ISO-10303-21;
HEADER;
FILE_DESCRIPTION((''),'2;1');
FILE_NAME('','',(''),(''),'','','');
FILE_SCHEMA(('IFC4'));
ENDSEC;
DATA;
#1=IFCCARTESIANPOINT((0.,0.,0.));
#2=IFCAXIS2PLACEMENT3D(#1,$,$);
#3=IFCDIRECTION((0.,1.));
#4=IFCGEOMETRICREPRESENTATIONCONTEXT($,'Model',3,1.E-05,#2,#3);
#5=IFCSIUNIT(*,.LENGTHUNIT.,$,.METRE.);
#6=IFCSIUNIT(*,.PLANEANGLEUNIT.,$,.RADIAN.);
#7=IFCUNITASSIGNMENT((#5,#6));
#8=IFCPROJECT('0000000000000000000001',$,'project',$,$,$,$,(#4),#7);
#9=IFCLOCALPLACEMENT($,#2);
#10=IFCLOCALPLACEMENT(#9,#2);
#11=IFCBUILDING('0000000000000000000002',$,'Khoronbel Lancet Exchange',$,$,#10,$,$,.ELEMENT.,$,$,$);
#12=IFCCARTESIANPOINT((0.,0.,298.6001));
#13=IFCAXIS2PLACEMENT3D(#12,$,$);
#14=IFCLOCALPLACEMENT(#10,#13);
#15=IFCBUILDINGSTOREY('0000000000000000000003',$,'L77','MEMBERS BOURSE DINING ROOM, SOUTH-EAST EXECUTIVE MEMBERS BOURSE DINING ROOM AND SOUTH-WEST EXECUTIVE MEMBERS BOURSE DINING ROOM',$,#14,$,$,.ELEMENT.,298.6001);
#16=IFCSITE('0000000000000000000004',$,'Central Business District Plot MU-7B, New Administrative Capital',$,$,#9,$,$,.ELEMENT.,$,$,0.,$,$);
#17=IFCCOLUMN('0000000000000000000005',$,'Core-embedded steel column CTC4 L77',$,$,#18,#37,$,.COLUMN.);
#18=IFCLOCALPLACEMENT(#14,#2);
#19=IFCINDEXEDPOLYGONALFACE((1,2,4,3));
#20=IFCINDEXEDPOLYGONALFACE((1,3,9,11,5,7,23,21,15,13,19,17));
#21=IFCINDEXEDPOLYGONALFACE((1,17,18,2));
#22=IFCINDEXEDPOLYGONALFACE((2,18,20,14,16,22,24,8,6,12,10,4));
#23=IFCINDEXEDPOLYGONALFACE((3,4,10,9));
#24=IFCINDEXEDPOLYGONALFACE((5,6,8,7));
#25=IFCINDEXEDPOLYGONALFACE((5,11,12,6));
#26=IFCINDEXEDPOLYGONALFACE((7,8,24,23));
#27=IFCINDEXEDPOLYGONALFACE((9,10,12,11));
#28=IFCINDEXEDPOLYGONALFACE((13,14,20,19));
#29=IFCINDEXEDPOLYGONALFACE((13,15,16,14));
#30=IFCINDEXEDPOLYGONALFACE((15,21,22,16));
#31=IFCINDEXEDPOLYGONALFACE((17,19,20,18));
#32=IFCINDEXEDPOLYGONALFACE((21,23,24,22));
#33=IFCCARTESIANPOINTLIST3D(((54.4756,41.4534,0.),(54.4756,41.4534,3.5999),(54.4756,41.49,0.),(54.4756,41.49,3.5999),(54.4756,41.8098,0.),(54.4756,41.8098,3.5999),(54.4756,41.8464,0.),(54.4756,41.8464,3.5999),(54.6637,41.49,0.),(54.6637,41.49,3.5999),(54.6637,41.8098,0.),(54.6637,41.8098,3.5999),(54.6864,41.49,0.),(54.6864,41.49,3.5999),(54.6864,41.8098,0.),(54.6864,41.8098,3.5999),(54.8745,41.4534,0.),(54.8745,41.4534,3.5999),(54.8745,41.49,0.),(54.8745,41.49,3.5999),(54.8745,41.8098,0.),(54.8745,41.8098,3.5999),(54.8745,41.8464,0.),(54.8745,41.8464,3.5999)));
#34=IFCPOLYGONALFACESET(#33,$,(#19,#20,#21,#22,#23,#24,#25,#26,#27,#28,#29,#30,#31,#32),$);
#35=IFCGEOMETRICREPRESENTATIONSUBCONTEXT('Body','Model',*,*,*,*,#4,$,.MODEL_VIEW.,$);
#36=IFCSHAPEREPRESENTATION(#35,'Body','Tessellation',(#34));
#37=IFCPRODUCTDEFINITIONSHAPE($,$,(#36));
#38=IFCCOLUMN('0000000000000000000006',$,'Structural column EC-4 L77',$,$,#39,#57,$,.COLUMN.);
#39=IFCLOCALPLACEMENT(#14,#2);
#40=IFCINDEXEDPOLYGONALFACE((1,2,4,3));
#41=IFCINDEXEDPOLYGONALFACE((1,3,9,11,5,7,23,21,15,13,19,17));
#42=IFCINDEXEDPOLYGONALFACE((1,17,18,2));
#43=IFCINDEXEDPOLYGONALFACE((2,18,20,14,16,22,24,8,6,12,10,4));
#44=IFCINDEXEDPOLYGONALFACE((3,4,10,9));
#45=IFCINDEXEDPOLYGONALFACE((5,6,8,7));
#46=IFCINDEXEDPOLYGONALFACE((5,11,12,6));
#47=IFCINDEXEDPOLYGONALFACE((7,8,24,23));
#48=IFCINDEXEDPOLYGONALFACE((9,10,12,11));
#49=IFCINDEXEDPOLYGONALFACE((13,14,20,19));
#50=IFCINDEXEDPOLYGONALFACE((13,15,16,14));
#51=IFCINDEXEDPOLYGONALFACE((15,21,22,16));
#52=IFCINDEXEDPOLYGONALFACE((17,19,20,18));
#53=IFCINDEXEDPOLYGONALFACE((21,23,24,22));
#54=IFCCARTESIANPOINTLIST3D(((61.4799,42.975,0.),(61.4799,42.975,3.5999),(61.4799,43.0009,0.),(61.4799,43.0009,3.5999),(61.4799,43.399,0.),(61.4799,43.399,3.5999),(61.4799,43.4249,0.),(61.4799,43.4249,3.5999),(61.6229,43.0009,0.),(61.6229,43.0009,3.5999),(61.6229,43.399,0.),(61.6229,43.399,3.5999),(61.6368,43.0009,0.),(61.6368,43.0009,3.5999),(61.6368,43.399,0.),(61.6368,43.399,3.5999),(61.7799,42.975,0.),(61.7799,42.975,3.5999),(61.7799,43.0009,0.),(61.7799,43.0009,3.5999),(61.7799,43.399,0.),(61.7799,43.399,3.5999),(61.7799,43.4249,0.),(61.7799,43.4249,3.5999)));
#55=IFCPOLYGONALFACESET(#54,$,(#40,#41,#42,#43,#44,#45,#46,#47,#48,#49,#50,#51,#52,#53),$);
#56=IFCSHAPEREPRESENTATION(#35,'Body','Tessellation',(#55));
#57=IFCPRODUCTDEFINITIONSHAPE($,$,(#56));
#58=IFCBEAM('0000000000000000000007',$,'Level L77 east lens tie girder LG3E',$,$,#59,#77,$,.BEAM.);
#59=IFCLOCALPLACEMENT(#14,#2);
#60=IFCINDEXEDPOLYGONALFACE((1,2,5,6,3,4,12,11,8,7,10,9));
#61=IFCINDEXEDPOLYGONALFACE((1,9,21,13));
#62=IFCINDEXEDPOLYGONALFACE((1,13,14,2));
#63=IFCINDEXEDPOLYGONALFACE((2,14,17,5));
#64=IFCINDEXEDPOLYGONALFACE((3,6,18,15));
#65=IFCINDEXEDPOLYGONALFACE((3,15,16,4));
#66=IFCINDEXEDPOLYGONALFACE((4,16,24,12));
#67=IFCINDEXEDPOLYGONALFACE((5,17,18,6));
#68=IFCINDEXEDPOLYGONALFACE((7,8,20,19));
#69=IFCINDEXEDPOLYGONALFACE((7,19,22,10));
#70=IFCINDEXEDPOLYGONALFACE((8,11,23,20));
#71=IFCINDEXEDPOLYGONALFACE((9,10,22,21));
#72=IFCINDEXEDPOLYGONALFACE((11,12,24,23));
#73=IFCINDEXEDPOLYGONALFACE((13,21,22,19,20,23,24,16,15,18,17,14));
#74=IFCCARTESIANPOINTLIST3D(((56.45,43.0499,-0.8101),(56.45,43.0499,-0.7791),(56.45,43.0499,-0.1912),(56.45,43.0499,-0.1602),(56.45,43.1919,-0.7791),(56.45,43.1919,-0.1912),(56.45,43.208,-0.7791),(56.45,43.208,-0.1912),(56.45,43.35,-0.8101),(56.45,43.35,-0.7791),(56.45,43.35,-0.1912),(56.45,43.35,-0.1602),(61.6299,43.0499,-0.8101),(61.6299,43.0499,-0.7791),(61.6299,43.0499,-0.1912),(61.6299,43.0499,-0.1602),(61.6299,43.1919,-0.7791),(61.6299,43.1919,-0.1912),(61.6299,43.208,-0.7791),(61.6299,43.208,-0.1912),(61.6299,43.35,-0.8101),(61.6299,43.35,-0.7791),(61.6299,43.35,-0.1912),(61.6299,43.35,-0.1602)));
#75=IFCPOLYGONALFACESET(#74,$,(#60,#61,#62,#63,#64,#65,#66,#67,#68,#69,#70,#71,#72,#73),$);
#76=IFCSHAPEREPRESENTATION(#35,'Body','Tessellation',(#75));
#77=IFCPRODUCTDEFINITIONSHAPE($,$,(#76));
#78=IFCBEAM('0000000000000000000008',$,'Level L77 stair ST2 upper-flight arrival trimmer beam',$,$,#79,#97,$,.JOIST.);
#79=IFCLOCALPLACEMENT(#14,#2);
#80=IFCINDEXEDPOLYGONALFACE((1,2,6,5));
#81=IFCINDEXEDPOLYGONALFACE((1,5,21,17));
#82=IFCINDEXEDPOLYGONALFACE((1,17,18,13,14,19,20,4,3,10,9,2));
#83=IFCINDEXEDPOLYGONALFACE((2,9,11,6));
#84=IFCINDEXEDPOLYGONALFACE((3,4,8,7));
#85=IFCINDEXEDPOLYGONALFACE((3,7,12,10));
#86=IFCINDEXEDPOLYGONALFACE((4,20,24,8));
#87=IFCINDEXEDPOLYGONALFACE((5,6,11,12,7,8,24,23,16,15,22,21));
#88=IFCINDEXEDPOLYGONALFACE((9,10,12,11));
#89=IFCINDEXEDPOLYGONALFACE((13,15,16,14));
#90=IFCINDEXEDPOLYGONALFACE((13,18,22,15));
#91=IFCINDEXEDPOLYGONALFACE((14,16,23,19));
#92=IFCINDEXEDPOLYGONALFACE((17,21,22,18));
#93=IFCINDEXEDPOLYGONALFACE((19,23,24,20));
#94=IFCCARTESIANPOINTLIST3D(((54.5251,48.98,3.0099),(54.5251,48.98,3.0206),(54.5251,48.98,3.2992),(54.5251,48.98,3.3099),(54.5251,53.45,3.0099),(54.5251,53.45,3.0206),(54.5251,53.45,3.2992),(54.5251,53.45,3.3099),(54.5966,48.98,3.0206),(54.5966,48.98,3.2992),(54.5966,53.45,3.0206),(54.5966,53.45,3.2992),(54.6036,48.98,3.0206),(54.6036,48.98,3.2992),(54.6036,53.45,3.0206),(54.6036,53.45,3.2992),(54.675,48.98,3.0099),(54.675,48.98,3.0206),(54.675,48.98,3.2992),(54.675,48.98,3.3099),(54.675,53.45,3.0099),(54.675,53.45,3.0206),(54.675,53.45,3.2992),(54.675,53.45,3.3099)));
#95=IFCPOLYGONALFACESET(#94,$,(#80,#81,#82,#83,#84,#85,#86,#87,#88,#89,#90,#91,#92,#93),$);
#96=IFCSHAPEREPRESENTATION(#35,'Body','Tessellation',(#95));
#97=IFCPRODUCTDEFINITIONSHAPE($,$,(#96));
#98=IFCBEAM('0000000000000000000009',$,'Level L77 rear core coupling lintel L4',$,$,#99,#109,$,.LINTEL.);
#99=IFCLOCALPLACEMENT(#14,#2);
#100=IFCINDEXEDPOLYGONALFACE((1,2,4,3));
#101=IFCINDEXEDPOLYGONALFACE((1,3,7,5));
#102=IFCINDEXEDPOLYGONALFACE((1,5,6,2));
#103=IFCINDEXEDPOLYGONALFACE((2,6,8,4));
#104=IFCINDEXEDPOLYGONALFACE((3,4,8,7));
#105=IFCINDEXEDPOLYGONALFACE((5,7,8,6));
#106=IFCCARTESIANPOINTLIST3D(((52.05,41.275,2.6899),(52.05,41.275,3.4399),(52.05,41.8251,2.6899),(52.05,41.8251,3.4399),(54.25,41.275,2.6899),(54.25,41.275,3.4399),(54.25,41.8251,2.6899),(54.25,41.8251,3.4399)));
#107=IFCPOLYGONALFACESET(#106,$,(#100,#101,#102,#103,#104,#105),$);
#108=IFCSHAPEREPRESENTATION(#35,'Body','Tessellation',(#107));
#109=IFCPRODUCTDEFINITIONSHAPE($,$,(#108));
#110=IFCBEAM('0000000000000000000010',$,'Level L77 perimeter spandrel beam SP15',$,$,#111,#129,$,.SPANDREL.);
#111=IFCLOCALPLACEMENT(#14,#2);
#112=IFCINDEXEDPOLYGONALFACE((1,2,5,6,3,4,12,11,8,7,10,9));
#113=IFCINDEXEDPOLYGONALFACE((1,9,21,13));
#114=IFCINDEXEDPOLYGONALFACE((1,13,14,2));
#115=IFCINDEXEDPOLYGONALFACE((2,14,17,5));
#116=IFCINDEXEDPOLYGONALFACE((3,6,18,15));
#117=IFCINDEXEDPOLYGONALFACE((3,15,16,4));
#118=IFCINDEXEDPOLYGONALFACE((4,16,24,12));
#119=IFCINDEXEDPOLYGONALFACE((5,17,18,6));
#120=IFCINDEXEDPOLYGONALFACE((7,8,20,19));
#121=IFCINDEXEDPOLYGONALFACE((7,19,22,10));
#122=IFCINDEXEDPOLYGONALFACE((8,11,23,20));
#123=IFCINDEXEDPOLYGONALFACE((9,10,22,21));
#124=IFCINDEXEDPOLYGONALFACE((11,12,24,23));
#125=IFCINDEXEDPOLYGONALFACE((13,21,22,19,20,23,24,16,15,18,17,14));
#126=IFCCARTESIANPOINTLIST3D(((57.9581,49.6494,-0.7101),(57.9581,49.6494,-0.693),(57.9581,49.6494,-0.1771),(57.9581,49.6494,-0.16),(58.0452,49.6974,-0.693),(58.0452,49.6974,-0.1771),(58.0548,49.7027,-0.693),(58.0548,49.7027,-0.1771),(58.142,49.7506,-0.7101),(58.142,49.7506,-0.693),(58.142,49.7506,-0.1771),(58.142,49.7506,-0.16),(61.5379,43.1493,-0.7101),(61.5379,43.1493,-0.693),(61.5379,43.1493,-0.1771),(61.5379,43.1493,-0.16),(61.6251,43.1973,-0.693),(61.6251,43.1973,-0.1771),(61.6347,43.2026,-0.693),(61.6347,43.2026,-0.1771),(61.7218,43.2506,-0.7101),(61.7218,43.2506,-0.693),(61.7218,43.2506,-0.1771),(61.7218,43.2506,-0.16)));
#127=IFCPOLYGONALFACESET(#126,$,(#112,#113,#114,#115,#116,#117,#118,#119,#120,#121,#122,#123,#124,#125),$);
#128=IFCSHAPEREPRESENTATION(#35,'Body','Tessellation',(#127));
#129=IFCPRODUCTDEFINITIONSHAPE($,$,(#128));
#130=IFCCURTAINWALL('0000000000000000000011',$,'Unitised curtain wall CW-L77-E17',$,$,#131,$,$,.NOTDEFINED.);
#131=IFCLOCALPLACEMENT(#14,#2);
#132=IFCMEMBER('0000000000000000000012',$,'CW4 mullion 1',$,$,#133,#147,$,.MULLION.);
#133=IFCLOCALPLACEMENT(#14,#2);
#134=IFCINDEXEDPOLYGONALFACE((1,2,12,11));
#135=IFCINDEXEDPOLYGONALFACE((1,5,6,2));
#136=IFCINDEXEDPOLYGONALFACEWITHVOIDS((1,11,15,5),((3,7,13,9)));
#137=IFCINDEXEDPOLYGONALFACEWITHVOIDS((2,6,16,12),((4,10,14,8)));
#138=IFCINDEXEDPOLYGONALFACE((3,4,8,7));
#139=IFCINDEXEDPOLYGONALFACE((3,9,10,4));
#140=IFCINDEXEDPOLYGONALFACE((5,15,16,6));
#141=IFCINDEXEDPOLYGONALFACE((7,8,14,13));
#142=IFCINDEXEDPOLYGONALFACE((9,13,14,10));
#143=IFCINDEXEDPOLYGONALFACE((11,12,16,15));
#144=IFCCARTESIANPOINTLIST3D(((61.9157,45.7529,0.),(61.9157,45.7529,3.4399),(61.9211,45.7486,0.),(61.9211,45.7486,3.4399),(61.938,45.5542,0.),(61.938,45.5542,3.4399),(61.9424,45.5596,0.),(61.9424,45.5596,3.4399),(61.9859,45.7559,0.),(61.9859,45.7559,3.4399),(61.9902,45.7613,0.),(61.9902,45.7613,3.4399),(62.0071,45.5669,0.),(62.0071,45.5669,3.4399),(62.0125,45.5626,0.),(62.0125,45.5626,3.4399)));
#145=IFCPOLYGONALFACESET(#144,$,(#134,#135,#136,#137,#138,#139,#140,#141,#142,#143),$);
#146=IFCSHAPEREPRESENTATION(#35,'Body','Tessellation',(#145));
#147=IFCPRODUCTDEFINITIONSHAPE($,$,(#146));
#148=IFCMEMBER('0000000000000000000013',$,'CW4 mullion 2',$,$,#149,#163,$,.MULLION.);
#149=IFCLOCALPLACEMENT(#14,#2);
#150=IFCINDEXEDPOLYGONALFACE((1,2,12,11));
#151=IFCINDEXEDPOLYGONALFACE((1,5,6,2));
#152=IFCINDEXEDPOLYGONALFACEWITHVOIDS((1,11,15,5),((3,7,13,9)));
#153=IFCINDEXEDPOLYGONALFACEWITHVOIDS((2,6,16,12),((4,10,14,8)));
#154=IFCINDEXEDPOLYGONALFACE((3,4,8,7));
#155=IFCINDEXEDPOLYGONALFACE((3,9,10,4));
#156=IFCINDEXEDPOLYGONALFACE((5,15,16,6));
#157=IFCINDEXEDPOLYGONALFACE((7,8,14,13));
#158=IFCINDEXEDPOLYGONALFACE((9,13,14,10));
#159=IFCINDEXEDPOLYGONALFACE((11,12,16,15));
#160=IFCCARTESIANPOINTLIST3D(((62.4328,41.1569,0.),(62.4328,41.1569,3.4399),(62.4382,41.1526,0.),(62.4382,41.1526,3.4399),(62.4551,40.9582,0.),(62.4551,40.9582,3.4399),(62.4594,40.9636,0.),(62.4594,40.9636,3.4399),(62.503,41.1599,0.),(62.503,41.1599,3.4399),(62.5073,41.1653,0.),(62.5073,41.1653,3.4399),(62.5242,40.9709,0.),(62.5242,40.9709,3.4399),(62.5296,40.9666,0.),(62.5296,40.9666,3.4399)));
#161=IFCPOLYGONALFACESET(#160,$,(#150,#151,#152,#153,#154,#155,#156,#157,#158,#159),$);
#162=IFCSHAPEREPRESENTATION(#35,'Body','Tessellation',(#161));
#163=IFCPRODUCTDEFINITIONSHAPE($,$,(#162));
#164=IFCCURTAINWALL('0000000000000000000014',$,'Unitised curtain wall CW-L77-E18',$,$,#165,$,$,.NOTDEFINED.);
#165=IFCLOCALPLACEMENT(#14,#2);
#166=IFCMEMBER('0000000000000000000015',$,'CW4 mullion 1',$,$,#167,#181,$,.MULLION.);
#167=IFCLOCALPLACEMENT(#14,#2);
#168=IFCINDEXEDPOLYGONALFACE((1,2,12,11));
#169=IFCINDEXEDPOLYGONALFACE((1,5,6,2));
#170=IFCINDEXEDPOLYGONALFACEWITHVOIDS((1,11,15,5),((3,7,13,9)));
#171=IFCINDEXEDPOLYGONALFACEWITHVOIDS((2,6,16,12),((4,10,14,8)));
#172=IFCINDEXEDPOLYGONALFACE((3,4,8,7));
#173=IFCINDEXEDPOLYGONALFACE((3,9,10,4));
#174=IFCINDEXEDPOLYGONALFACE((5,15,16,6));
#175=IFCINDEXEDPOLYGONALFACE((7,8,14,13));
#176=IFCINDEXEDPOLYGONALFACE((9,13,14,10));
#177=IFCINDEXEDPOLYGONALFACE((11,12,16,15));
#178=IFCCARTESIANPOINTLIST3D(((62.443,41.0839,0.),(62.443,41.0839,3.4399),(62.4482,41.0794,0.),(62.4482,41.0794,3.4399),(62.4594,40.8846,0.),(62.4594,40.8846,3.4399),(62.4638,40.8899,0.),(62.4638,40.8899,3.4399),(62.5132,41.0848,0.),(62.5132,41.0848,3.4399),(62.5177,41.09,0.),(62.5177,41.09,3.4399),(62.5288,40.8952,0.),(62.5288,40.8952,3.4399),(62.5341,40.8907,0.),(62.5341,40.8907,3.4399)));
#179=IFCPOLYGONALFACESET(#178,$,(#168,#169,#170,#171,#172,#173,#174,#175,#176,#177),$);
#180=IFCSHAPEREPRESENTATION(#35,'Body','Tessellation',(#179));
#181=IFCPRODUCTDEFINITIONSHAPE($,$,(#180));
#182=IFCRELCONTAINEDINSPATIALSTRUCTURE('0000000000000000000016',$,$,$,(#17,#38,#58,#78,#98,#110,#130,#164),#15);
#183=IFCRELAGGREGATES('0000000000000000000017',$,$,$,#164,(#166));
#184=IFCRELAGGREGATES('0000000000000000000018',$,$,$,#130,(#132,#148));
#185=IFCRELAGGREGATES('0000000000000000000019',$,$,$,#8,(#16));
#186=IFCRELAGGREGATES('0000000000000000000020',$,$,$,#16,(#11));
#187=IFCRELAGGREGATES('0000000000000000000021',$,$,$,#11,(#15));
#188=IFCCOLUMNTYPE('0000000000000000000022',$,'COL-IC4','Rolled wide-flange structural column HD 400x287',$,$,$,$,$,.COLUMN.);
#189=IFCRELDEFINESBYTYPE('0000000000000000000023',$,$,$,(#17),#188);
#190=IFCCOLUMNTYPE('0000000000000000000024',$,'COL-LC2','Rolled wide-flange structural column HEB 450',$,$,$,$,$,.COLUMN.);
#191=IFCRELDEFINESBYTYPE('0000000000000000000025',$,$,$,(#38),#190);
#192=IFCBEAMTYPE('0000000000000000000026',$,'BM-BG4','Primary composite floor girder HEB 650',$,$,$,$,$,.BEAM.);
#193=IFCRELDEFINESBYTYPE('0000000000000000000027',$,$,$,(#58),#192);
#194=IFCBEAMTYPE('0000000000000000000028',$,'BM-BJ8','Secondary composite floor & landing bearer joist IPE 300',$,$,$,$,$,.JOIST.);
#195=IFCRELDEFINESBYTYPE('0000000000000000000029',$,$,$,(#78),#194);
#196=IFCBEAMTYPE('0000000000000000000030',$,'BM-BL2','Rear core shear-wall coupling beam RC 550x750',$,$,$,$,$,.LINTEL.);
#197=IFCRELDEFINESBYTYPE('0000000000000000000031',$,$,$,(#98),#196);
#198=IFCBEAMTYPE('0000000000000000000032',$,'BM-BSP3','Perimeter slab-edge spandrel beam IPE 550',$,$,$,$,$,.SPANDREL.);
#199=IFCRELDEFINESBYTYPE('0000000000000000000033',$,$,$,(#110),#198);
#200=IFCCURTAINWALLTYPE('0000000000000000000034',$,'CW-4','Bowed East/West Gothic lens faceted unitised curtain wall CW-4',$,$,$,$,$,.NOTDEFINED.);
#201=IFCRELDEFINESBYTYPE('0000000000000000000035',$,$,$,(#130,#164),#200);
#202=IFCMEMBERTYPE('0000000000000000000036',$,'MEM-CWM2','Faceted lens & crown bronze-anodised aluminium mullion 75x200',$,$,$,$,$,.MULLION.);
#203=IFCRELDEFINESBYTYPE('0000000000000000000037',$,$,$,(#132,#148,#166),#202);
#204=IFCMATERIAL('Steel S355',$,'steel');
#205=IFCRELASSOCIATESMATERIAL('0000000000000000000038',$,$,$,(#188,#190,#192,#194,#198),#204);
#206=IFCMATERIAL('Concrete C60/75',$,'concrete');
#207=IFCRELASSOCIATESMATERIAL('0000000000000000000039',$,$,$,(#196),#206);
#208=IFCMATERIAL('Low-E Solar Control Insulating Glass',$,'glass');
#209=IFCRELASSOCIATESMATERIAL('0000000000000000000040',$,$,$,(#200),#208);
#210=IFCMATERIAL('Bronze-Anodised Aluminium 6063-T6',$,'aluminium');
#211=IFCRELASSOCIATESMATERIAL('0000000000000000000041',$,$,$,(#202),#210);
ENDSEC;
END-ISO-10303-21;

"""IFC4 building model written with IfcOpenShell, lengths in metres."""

from ifc_helpers import new_model, si_unit, direction, frame, origin, origin_2d, place, context, subcontext, project, spatial, rectangle, hollow_rectangle, i_section, extrude, material, material_profile, profile_set, type_object, element, aggregate, save


model = new_model("IFC4")

# Units and contexts
model_context = context("Model", 3, precision=1e-05, world=origin(), true_north=direction((0.0, 1.0)))
body_context = subcontext(model_context, "Body", "Model", "MODEL_VIEW")
ifc_project = project(units=[si_unit("LENGTHUNIT", "METRE"), si_unit("PLANEANGLEUNIT", "RADIAN")], contexts=[model_context])

# Site, building, storey
site_placement = place(None, origin())
site = spatial("IfcSite", under=ifc_project, at=site_placement, Name="Central Business District Plot MU-7B, New Administrative Capital", CompositionType="ELEMENT", RefElevation=0.0)
building_placement = place(site_placement, origin())
building = spatial("IfcBuilding", under=site, at=building_placement, Name="Khoronbel Lancet Exchange", CompositionType="ELEMENT")
storey_placement = place(building_placement, frame((0.0, 0.0, 298.6001)))
storey = spatial("IfcBuildingStorey", under=building, at=storey_placement, Name="L77", Description="MEMBERS BOURSE DINING ROOM, SOUTH-EAST EXECUTIVE MEMBERS BOURSE DINING ROOM AND SOUTH-WEST EXECUTIVE MEMBERS BOURSE DINING ROOM", CompositionType="ELEMENT", Elevation=298.6001)

# Columns
ifc_material_1 = material(Name="Steel S355", Category="steel")
ifc_material_profile_1 = material_profile(ifc_material_1, i_section(OverallWidth=0.3989, OverallDepth=0.3931, WebThickness=0.0227, FlangeThickness=0.0366, at=origin_2d()), Name="HD 400x287")
ifc_profile_set_1 = profile_set([ifc_material_profile_1], Name="Steel S355")
column_type_1 = type_object("IfcColumnType", Name="COL-IC4", Description="Rolled wide-flange structural column HD 400x287", PredefinedType="COLUMN", material=ifc_profile_set_1)
column_1_placement = place(storey_placement, frame((54.675, 41.6499, 0.0), z_axis=(0.0, 0.0, 1.0), x_axis=(1.0, 0.0, 0.0)))
element("IfcColumn", 1, at=column_1_placement, inside=storey, type_object=column_type_1, Name="Core-embedded steel column CTC4 L77", PredefinedType="COLUMN", context=body_context, shape_type="SweptSolid", body=[
    extrude(i_section(OverallWidth=0.3989, OverallDepth=0.3931, WebThickness=0.0227, FlangeThickness=0.0366, at=origin_2d()), origin(), (0.0, 0.0, 1.0), 3.5999),
])
ifc_material_profile_2 = material_profile(ifc_material_1, i_section(OverallWidth=0.3, OverallDepth=0.45, WebThickness=0.0139, FlangeThickness=0.0259, at=origin_2d()), Name="HEB 450")
ifc_profile_set_2 = profile_set([ifc_material_profile_2], Name="Steel S355")
column_type_2 = type_object("IfcColumnType", Name="COL-LC2", Description="Rolled wide-flange structural column HEB 450", PredefinedType="COLUMN", material=ifc_profile_set_2)
column_2_placement = place(storey_placement, frame((61.6299, 43.2, 0.0), z_axis=(0.0, 0.0, 1.0), x_axis=(1.0, 0.0, 0.0)))
element("IfcColumn", 2, at=column_2_placement, inside=storey, type_object=column_type_2, Name="Structural column EC-4 L77", PredefinedType="COLUMN", context=body_context, shape_type="SweptSolid", body=[
    extrude(i_section(OverallWidth=0.3, OverallDepth=0.45, WebThickness=0.0139, FlangeThickness=0.0259, at=origin_2d()), origin(), (0.0, 0.0, 1.0), 3.5999),
])

# Beams
ifc_material_profile_3 = material_profile(ifc_material_1, i_section(OverallWidth=0.3, OverallDepth=0.6499, WebThickness=0.0161, FlangeThickness=0.031, at=origin_2d()), Name="HEB 650")
ifc_profile_set_3 = profile_set([ifc_material_profile_3], Name="Steel S355")
beam_type_1 = type_object("IfcBeamType", Name="BM-BG4", Description="Primary composite floor girder HEB 650", PredefinedType="BEAM", material=ifc_profile_set_3)
beam_1_placement = place(storey_placement, frame((56.45, 43.2, -0.4851), z_axis=(1.0, 0.0, 0.0), x_axis=(0.0, 1.0, 0.0)))
element("IfcBeam", 3, at=beam_1_placement, inside=storey, type_object=beam_type_1, Name="Level L77 east lens tie girder LG3E", PredefinedType="BEAM", context=body_context, shape_type="SweptSolid", body=[
    extrude(i_section(OverallWidth=0.3, OverallDepth=0.6499, WebThickness=0.0161, FlangeThickness=0.031, at=origin_2d()), origin(), (0.0, 0.0, 1.0), 5.1799),
])
ifc_material_profile_4 = material_profile(ifc_material_1, i_section(OverallWidth=0.1499, OverallDepth=0.3, WebThickness=0.0071, FlangeThickness=0.0107, at=origin_2d()), Name="IPE 300")
ifc_profile_set_4 = profile_set([ifc_material_profile_4], Name="Steel S355")
beam_type_2 = type_object("IfcBeamType", Name="BM-BJ8", Description="Secondary composite floor & landing bearer joist IPE 300", PredefinedType="JOIST", material=ifc_profile_set_4)
beam_2_placement = place(storey_placement, frame((54.6001, 48.98, 3.1599), z_axis=(0.0, 1.0, 0.0), x_axis=(-1.0, 0.0, 0.0)))
element("IfcBeam", 4, at=beam_2_placement, inside=storey, type_object=beam_type_2, Name="Level L77 stair ST2 upper-flight arrival trimmer beam", PredefinedType="JOIST", context=body_context, shape_type="SweptSolid", body=[
    extrude(i_section(OverallWidth=0.1499, OverallDepth=0.3, WebThickness=0.0071, FlangeThickness=0.0107, at=origin_2d()), origin(), (0.0, 0.0, 1.0), 4.47),
])
ifc_material_2 = material(Name="Concrete C60/75", Category="concrete")
ifc_material_profile_5 = material_profile(ifc_material_2, rectangle(XDim=0.55, YDim=0.75, at=origin_2d()), Name="RC 550x750")
ifc_profile_set_5 = profile_set([ifc_material_profile_5], Name="Concrete C60/75")
beam_type_3 = type_object("IfcBeamType", Name="BM-BL2", Description="Rear core shear-wall coupling beam RC 550x750", PredefinedType="LINTEL", material=ifc_profile_set_5)
beam_3_placement = place(storey_placement, frame((52.05, 41.55, 3.0649), z_axis=(1.0, 0.0, 0.0), x_axis=(0.0, 1.0, 0.0)))
element("IfcBeam", 5, at=beam_3_placement, inside=storey, type_object=beam_type_3, Name="Level L77 rear core coupling lintel L4", PredefinedType="LINTEL", context=body_context, shape_type="SweptSolid", body=[
    extrude(rectangle(XDim=0.55, YDim=0.75, at=origin_2d()), origin(), (0.0, 0.0, 1.0), 2.2),
])
ifc_material_profile_6 = material_profile(ifc_material_1, i_section(OverallWidth=0.21, OverallDepth=0.55, WebThickness=0.011, FlangeThickness=0.0171, at=origin_2d()), Name="IPE 550")
ifc_profile_set_6 = profile_set([ifc_material_profile_6], Name="Steel S355")
beam_type_4 = type_object("IfcBeamType", Name="BM-BSP3", Description="Perimeter slab-edge spandrel beam IPE 550", PredefinedType="SPANDREL", material=ifc_profile_set_6)
beam_4_placement = place(storey_placement, frame((61.6299, 43.2, -0.4351), z_axis=(-0.482419, 0.875941, 0.0), x_axis=(-0.875941, -0.482419, 0.0)))
element("IfcBeam", 6, at=beam_4_placement, inside=storey, type_object=beam_type_4, Name="Level L77 perimeter spandrel beam SP15", PredefinedType="SPANDREL", context=body_context, shape_type="SweptSolid", body=[
    extrude(i_section(OverallWidth=0.21, OverallDepth=0.55, WebThickness=0.011, FlangeThickness=0.0171, at=origin_2d()), origin(), (0.0, 0.0, 1.0), 7.4207),
])

# Curtain walls, members
ifc_material_3 = material(Name="Low-E Solar Control Insulating Glass", Category="glass")
curtain_wall_type = type_object("IfcCurtainWallType", Name="CW-4", Description="Bowed East/West Gothic lens faceted unitised curtain wall CW-4", PredefinedType="NOTDEFINED", material=ifc_material_3)
curtain_wall_1_placement = place(storey_placement, origin())
curtain_wall_1 = element("IfcCurtainWall", 7, at=curtain_wall_1_placement, inside=storey, type_object=curtain_wall_type, Name="Unitised curtain wall CW-L77-E17", PredefinedType="NOTDEFINED")
ifc_material_4 = material(Name="Bronze-Anodised Aluminium 6063-T6", Category="aluminium")
ifc_material_profile_7 = material_profile(ifc_material_4, hollow_rectangle(XDim=0.075, YDim=0.2, WallThickness=0.0049, at=origin_2d()), Name="ALU MULLION 75x200")
ifc_profile_set_7 = profile_set([ifc_material_profile_7], Name="Bronze-Anodised Aluminium 6063-T6")
member_type_1 = type_object("IfcMemberType", Name="MEM-CWM2", Description="Faceted lens & crown bronze-anodised aluminium mullion 75x200", PredefinedType="MULLION", material=ifc_profile_set_7)
member_1_placement = place(storey_placement, frame((61.9641, 45.6577, 0.0), z_axis=(0.0, 0.0, 1.0), x_axis=(0.993732, 0.111791, 0.0)))
member_1 = element("IfcMember", 8, at=member_1_placement, type_object=member_type_1, Name="CW4 mullion 1", PredefinedType="MULLION", context=body_context, shape_type="SweptSolid", body=[
    extrude(hollow_rectangle(XDim=0.075, YDim=0.2, WallThickness=0.0049, at=origin_2d()), origin(), (0.0, 0.0, 1.0), 3.4399),
])
member_2_placement = place(storey_placement, frame((62.4812, 41.0618, 0.0), z_axis=(0.0, 0.0, 1.0), x_axis=(0.993732, 0.111791, 0.0)))
member_2 = element("IfcMember", 9, at=member_2_placement, type_object=member_type_1, Name="CW4 mullion 2", PredefinedType="MULLION", context=body_context, shape_type="SweptSolid", body=[
    extrude(hollow_rectangle(XDim=0.075, YDim=0.2, WallThickness=0.0049, at=origin_2d()), origin(), (0.0, 0.0, 1.0), 3.4399),
])
curtain_wall_2_placement = place(storey_placement, origin())
curtain_wall_2 = element("IfcCurtainWall", 10, at=curtain_wall_2_placement, inside=storey, type_object=curtain_wall_type, Name="Unitised curtain wall CW-L77-E18", PredefinedType="NOTDEFINED")
member_3_placement = place(storey_placement, frame((62.4885, 40.9873, 0.0), z_axis=(0.0, 0.0, 1.0), x_axis=(0.996626, 0.082073, 0.0)))
member_3 = element("IfcMember", 11, at=member_3_placement, type_object=member_type_1, Name="CW4 mullion 1", PredefinedType="MULLION", context=body_context, shape_type="SweptSolid", body=[
    extrude(hollow_rectangle(XDim=0.075, YDim=0.2, WallThickness=0.0049, at=origin_2d()), origin(), (0.0, 0.0, 1.0), 3.4399),
])

aggregate(curtain_wall_2, [member_3])
aggregate(curtain_wall_1, [member_1, member_2])

save(model, "model.ifc")
